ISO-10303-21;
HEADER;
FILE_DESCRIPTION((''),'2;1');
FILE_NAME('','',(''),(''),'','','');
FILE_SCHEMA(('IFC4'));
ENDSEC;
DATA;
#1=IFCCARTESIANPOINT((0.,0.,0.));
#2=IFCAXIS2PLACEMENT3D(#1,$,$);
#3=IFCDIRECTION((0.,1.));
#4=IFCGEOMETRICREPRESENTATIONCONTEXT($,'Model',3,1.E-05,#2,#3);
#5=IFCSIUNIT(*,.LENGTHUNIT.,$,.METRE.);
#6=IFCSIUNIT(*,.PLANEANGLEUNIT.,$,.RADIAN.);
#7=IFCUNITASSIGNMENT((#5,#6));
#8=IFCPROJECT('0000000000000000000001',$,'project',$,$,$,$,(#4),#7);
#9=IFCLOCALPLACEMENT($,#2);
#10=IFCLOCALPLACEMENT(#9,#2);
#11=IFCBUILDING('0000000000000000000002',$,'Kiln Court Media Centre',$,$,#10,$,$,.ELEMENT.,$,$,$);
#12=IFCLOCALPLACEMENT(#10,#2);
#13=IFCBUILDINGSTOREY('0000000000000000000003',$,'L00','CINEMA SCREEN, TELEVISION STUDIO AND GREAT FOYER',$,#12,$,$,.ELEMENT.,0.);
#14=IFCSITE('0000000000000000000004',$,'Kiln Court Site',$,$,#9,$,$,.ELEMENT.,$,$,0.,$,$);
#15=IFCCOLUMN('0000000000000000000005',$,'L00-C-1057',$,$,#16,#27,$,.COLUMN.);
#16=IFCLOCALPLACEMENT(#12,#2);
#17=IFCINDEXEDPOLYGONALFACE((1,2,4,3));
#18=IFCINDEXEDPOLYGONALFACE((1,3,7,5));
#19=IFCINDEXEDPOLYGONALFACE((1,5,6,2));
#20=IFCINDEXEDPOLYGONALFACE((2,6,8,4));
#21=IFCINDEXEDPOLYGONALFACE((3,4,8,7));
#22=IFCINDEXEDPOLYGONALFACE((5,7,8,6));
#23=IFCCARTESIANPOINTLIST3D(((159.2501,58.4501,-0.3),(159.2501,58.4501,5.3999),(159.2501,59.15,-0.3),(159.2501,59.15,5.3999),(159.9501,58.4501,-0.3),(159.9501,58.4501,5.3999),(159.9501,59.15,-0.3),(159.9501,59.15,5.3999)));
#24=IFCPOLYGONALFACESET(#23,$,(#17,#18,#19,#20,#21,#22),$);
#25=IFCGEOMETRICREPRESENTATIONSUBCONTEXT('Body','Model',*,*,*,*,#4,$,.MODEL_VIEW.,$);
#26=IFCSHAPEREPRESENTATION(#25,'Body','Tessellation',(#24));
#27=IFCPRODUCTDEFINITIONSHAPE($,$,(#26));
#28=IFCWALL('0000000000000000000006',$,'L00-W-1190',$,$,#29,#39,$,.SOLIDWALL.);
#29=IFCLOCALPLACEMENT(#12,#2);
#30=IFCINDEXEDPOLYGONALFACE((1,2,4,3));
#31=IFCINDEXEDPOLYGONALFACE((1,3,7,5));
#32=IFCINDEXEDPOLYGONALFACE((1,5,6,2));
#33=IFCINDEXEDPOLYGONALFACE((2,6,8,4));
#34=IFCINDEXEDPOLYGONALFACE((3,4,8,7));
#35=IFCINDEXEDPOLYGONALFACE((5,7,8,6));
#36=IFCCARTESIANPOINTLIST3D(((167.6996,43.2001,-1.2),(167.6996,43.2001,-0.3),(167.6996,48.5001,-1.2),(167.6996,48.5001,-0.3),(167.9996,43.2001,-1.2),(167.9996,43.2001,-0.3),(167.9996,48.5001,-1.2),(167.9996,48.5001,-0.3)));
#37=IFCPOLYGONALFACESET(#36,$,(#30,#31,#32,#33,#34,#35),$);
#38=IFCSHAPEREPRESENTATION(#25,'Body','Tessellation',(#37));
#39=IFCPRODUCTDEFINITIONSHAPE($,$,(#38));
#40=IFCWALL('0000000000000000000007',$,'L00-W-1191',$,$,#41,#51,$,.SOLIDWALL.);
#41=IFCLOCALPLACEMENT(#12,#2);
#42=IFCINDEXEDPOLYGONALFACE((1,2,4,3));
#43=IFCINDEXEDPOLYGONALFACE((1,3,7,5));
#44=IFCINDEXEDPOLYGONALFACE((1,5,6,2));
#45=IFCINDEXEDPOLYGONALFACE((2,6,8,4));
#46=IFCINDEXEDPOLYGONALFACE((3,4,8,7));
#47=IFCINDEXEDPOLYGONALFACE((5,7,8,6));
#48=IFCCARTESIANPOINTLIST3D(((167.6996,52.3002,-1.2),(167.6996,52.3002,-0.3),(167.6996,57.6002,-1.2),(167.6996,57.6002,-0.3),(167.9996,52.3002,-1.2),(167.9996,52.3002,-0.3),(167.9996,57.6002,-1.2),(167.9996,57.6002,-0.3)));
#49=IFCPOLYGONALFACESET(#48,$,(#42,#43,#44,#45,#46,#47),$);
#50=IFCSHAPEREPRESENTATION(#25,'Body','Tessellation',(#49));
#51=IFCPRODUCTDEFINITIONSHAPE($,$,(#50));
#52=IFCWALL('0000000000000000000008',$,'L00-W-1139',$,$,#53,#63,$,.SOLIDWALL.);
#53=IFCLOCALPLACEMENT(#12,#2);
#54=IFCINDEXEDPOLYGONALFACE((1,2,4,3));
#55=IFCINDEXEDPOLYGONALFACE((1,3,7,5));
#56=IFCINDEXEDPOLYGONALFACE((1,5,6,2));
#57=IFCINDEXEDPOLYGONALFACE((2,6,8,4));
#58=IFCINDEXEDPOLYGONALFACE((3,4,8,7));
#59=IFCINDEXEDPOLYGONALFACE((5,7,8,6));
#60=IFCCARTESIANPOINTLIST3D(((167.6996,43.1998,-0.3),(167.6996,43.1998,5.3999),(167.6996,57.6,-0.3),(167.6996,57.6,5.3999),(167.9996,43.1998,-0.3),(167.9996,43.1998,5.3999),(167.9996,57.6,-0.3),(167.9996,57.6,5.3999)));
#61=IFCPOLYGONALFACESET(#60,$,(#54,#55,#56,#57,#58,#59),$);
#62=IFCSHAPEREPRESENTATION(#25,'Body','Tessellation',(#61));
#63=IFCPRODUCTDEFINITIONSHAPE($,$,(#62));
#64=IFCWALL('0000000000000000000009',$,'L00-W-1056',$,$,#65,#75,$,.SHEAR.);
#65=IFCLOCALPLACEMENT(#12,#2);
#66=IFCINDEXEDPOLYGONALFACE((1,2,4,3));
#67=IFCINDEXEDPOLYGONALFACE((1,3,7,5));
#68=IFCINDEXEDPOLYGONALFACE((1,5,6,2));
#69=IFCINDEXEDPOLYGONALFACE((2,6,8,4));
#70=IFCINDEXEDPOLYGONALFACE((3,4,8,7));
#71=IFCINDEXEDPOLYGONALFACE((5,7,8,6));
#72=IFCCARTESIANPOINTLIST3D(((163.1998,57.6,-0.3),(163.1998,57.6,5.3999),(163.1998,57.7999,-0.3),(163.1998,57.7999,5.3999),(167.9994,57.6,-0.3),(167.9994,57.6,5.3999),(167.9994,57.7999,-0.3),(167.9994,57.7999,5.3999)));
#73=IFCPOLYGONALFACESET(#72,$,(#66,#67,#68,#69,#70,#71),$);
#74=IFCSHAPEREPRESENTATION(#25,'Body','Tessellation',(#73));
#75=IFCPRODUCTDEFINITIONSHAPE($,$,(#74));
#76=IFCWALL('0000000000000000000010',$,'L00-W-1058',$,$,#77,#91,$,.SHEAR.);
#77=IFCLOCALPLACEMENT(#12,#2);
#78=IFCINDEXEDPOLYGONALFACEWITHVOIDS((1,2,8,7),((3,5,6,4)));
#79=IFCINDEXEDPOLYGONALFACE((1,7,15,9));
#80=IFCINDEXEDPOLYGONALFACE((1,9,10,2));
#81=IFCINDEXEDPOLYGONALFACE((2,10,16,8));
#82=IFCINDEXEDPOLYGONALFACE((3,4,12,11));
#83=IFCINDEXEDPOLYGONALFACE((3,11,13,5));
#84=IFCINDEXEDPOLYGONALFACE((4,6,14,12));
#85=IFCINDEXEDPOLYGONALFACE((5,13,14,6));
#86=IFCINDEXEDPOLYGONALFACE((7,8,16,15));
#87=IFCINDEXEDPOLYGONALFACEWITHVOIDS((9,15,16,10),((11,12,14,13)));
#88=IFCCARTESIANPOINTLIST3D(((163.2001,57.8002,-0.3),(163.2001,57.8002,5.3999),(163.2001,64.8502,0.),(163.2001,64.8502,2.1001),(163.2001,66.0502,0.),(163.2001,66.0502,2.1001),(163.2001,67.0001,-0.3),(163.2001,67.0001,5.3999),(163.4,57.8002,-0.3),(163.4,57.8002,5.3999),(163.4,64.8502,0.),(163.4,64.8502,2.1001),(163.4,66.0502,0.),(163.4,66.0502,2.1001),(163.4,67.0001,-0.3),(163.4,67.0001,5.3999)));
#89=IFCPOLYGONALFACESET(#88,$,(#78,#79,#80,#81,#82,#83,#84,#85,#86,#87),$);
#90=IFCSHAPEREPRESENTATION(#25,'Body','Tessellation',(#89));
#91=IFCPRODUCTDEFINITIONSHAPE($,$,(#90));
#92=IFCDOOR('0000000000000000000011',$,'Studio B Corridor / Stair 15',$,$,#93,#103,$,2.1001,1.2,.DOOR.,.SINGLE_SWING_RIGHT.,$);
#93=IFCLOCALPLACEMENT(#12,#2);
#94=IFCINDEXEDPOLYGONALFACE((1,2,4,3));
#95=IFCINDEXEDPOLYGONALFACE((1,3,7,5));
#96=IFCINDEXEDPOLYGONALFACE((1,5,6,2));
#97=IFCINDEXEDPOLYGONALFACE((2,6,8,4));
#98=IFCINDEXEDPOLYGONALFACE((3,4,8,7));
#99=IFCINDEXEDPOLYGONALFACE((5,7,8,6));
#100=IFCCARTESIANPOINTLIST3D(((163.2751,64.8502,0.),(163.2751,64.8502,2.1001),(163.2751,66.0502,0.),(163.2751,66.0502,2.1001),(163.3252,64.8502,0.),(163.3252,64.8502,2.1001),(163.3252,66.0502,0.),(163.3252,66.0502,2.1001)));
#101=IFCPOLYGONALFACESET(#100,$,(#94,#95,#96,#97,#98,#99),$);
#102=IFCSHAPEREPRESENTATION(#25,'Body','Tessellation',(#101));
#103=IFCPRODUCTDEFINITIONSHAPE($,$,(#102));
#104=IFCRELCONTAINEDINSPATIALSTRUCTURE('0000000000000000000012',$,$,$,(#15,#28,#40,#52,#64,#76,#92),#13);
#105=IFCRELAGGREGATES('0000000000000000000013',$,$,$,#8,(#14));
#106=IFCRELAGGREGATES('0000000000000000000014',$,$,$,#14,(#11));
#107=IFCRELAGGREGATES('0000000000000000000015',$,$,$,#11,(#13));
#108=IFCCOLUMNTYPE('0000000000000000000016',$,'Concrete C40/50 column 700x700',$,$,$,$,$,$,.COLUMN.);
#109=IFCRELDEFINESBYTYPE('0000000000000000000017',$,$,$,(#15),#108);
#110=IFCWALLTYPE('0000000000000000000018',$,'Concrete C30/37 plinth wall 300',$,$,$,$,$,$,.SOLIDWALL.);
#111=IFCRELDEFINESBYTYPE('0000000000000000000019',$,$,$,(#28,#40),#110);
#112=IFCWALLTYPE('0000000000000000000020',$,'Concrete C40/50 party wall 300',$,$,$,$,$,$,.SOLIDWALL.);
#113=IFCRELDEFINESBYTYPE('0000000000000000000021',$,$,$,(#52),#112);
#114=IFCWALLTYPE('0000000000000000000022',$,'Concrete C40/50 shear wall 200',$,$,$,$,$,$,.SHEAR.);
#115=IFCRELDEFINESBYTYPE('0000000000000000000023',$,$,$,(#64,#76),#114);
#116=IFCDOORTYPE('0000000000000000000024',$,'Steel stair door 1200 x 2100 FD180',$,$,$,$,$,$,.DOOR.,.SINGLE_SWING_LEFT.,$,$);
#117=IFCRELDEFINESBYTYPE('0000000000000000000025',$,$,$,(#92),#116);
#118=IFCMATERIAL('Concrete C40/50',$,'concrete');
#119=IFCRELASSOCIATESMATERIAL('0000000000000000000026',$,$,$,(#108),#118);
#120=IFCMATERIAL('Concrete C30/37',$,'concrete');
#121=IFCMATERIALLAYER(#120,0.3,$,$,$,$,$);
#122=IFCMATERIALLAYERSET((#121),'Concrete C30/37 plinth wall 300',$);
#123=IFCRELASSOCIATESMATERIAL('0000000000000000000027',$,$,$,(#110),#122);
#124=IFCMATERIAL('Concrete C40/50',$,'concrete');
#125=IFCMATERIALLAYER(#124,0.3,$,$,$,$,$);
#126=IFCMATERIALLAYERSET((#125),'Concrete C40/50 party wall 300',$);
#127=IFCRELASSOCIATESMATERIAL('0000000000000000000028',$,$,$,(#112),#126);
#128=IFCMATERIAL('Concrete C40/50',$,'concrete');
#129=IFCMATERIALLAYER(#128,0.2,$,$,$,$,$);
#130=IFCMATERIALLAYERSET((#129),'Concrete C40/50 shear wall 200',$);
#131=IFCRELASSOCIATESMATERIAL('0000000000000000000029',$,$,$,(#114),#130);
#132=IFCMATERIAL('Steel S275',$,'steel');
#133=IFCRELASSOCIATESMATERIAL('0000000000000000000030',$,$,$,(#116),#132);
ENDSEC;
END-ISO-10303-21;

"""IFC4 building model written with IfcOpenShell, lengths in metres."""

from ifc_helpers import new_model, si_unit, direction, frame, frame_2d, origin, origin_2d, place, context, subcontext, project, spatial, rectangle, extrude, material, layer, layer_set, material_profile, profile_set, type_object, element, fill, save


model = new_model("IFC4")

# Units and contexts
model_context = context("Model", 3, precision=1e-05, world=origin(), true_north=direction((0.0, 1.0)))
body_context = subcontext(model_context, "Body", "Model", "MODEL_VIEW")
ifc_project = project(units=[si_unit("LENGTHUNIT", "METRE"), si_unit("PLANEANGLEUNIT", "RADIAN")], contexts=[model_context])

# Site, building, storey
site_placement = place(None, origin())
site = spatial("IfcSite", under=ifc_project, at=site_placement, Name="Kiln Court Site", CompositionType="ELEMENT", RefElevation=0.0)
building_placement = place(site_placement, origin())
building = spatial("IfcBuilding", under=site, at=building_placement, Name="Kiln Court Media Centre", CompositionType="ELEMENT")
storey_placement = place(building_placement, origin())
storey = spatial("IfcBuildingStorey", under=building, at=storey_placement, Name="L00", Description="CINEMA SCREEN, TELEVISION STUDIO AND GREAT FOYER", CompositionType="ELEMENT", Elevation=0.0)

# Column
ifc_material_1 = material(Name="Concrete C40/50", Category="concrete")
ifc_material_profile_1 = material_profile(ifc_material_1, rectangle(XDim=0.7, YDim=0.7, at=origin_2d()), Name="RC 700x700")
ifc_profile_set_1 = profile_set([ifc_material_profile_1], Name="Concrete C40/50")
column_type = type_object("IfcColumnType", Name="Concrete C40/50 column 700x700", PredefinedType="COLUMN", material=ifc_profile_set_1)
for number, where, z_axis, x_axis, name in (
    (1, (159.6001, 58.8, -0.3), (0.0, 0.0, 1.0), (1.0, 0.0, 0.0), "L00-C-1057"),
):
    element("IfcColumn", number, at=place(storey_placement, frame(where, z_axis=z_axis, x_axis=x_axis)), inside=storey, type_object=column_type, Name=name, PredefinedType="COLUMN", context=body_context, shape_type="SweptSolid", body=[
        extrude(rectangle(XDim=0.7, YDim=0.7, at=origin_2d()), origin(), (0.0, 0.0, 1.0), 5.7),
    ])

# Walls
ifc_material_2 = material(Name="Concrete C30/37", Category="concrete")
ifc_layer_1 = layer(ifc_material_2, 0.3)
ifc_layer_set_1 = layer_set([ifc_layer_1], Name="Concrete C30/37 plinth wall 300")
wall_type_1 = type_object("IfcWallType", Name="Concrete C30/37 plinth wall 300", PredefinedType="SOLIDWALL", material=ifc_layer_set_1)
for number, where, z_axis, x_axis, name in (
    (2, (167.8496, 48.5, -1.2), (0.0, 0.0, 1.0), (0.0, -1.0, 0.0), "L00-W-1190"),
    (3, (167.8496, 57.6001, -1.2), (0.0, 0.0, 1.0), (0.0, -1.0, 0.0), "L00-W-1191"),
):
    element("IfcWall", number, at=place(storey_placement, frame(where, z_axis=z_axis, x_axis=x_axis)), inside=storey, type_object=wall_type_1, Name=name, PredefinedType="SOLIDWALL", context=body_context, shape_type="SweptSolid", body=[
        extrude(rectangle(XDim=5.3, YDim=0.3, at=frame_2d((2.6499, 0.0))), origin(), (0.0, 0.0, 1.0), 0.8999),
    ])
ifc_material_3 = material(Name="Concrete C40/50", Category="concrete")
ifc_layer_2 = layer(ifc_material_3, 0.3)
ifc_layer_set_2 = layer_set([ifc_layer_2], Name="Concrete C40/50 party wall 300")
wall_type_2 = type_object("IfcWallType", Name="Concrete C40/50 party wall 300", PredefinedType="SOLIDWALL", material=ifc_layer_set_2)
wall_1_placement = place(storey_placement, frame((167.8496, 57.6001, -0.3), z_axis=(0.0, 0.0, 1.0), x_axis=(0.0, -1.0, 0.0)))
element("IfcWall", 4, at=wall_1_placement, inside=storey, type_object=wall_type_2, Name="L00-W-1139", PredefinedType="SOLIDWALL", context=body_context, shape_type="SweptSolid", body=[
    extrude(rectangle(XDim=14.4001, YDim=0.3, at=frame_2d((7.2002, 0.0))), origin(), (0.0, 0.0, 1.0), 5.7),
])
ifc_material_4 = material(Name="Concrete C40/50", Category="concrete")
ifc_layer_3 = layer(ifc_material_4, 0.2)
ifc_layer_set_3 = layer_set([ifc_layer_3], Name="Concrete C40/50 shear wall 200")
wall_type_3 = type_object("IfcWallType", Name="Concrete C40/50 shear wall 200", PredefinedType="SHEAR", material=ifc_layer_set_3)
wall_2_placement = place(storey_placement, frame((167.9995, 57.7, -0.3), z_axis=(0.0, 0.0, 1.0), x_axis=(-1.0, 0.0, 0.0)))
element("IfcWall", 5, at=wall_2_placement, inside=storey, type_object=wall_type_3, Name="L00-W-1056", PredefinedType="SHEAR", context=body_context, shape_type="SweptSolid", body=[
    extrude(rectangle(XDim=4.7996, YDim=0.2, at=frame_2d((2.3999, 0.0))), origin(), (0.0, 0.0, 1.0), 5.7),
])

# Wall, opening, door
wall_3_placement = place(storey_placement, frame((163.3, 57.8, -0.3), z_axis=(0.0, 0.0, 1.0), x_axis=(0.0, 1.0, 0.0)))
wall_3 = element("IfcWall", 6, at=wall_3_placement, inside=storey, type_object=wall_type_3, Name="L00-W-1058", PredefinedType="SHEAR", context=body_context, shape_type="SweptSolid", body=[
    extrude(rectangle(XDim=9.2, YDim=0.2, at=frame_2d((4.6001, 0.0))), origin(), (0.0, 0.0, 1.0), 5.7),
])
opening_placement = place(wall_3_placement, frame((7.05, 0.0, 0.3)))
opening = element("IfcOpeningElement", 7, at=opening_placement, cuts=wall_3, PredefinedType="OPENING", context=body_context, shape_type="SweptSolid", body=[
    extrude(rectangle(XDim=1.2, YDim=2.1001, at=frame_2d((0.6001, 1.05))), frame((0.0, 0.1099, 0.0), z_axis=(0.0, -1.0, 0.0), x_axis=(1.0, 0.0, 0.0)), (0.0, 0.0, 1.0), 0.22),
])
ifc_material_5 = material(Name="Steel S275", Category="steel")
door_type = type_object("IfcDoorType", Name="Steel stair door 1200 x 2100 FD180", OperationType="SINGLE_SWING_LEFT", PredefinedType="DOOR", material=ifc_material_5)
door_placement = place(opening_placement, origin())
door = element("IfcDoor", 8, at=door_placement, inside=storey, type_object=door_type, Name="Studio B Corridor / Stair 15", OperationType="SINGLE_SWING_RIGHT", OverallHeight=2.1001, OverallWidth=1.2, PredefinedType="DOOR", context=body_context, shape_type="SweptSolid", body=[
    extrude(rectangle(XDim=1.2, YDim=2.1001, at=frame_2d((0.6001, 1.05))), frame((0.0, 0.0249, 0.0), z_axis=(0.0, -1.0, 0.0), x_axis=(1.0, 0.0, 0.0)), (0.0, 0.0, 1.0), 0.05),
])
fill(opening, door)

save(model, "model.ifc")
